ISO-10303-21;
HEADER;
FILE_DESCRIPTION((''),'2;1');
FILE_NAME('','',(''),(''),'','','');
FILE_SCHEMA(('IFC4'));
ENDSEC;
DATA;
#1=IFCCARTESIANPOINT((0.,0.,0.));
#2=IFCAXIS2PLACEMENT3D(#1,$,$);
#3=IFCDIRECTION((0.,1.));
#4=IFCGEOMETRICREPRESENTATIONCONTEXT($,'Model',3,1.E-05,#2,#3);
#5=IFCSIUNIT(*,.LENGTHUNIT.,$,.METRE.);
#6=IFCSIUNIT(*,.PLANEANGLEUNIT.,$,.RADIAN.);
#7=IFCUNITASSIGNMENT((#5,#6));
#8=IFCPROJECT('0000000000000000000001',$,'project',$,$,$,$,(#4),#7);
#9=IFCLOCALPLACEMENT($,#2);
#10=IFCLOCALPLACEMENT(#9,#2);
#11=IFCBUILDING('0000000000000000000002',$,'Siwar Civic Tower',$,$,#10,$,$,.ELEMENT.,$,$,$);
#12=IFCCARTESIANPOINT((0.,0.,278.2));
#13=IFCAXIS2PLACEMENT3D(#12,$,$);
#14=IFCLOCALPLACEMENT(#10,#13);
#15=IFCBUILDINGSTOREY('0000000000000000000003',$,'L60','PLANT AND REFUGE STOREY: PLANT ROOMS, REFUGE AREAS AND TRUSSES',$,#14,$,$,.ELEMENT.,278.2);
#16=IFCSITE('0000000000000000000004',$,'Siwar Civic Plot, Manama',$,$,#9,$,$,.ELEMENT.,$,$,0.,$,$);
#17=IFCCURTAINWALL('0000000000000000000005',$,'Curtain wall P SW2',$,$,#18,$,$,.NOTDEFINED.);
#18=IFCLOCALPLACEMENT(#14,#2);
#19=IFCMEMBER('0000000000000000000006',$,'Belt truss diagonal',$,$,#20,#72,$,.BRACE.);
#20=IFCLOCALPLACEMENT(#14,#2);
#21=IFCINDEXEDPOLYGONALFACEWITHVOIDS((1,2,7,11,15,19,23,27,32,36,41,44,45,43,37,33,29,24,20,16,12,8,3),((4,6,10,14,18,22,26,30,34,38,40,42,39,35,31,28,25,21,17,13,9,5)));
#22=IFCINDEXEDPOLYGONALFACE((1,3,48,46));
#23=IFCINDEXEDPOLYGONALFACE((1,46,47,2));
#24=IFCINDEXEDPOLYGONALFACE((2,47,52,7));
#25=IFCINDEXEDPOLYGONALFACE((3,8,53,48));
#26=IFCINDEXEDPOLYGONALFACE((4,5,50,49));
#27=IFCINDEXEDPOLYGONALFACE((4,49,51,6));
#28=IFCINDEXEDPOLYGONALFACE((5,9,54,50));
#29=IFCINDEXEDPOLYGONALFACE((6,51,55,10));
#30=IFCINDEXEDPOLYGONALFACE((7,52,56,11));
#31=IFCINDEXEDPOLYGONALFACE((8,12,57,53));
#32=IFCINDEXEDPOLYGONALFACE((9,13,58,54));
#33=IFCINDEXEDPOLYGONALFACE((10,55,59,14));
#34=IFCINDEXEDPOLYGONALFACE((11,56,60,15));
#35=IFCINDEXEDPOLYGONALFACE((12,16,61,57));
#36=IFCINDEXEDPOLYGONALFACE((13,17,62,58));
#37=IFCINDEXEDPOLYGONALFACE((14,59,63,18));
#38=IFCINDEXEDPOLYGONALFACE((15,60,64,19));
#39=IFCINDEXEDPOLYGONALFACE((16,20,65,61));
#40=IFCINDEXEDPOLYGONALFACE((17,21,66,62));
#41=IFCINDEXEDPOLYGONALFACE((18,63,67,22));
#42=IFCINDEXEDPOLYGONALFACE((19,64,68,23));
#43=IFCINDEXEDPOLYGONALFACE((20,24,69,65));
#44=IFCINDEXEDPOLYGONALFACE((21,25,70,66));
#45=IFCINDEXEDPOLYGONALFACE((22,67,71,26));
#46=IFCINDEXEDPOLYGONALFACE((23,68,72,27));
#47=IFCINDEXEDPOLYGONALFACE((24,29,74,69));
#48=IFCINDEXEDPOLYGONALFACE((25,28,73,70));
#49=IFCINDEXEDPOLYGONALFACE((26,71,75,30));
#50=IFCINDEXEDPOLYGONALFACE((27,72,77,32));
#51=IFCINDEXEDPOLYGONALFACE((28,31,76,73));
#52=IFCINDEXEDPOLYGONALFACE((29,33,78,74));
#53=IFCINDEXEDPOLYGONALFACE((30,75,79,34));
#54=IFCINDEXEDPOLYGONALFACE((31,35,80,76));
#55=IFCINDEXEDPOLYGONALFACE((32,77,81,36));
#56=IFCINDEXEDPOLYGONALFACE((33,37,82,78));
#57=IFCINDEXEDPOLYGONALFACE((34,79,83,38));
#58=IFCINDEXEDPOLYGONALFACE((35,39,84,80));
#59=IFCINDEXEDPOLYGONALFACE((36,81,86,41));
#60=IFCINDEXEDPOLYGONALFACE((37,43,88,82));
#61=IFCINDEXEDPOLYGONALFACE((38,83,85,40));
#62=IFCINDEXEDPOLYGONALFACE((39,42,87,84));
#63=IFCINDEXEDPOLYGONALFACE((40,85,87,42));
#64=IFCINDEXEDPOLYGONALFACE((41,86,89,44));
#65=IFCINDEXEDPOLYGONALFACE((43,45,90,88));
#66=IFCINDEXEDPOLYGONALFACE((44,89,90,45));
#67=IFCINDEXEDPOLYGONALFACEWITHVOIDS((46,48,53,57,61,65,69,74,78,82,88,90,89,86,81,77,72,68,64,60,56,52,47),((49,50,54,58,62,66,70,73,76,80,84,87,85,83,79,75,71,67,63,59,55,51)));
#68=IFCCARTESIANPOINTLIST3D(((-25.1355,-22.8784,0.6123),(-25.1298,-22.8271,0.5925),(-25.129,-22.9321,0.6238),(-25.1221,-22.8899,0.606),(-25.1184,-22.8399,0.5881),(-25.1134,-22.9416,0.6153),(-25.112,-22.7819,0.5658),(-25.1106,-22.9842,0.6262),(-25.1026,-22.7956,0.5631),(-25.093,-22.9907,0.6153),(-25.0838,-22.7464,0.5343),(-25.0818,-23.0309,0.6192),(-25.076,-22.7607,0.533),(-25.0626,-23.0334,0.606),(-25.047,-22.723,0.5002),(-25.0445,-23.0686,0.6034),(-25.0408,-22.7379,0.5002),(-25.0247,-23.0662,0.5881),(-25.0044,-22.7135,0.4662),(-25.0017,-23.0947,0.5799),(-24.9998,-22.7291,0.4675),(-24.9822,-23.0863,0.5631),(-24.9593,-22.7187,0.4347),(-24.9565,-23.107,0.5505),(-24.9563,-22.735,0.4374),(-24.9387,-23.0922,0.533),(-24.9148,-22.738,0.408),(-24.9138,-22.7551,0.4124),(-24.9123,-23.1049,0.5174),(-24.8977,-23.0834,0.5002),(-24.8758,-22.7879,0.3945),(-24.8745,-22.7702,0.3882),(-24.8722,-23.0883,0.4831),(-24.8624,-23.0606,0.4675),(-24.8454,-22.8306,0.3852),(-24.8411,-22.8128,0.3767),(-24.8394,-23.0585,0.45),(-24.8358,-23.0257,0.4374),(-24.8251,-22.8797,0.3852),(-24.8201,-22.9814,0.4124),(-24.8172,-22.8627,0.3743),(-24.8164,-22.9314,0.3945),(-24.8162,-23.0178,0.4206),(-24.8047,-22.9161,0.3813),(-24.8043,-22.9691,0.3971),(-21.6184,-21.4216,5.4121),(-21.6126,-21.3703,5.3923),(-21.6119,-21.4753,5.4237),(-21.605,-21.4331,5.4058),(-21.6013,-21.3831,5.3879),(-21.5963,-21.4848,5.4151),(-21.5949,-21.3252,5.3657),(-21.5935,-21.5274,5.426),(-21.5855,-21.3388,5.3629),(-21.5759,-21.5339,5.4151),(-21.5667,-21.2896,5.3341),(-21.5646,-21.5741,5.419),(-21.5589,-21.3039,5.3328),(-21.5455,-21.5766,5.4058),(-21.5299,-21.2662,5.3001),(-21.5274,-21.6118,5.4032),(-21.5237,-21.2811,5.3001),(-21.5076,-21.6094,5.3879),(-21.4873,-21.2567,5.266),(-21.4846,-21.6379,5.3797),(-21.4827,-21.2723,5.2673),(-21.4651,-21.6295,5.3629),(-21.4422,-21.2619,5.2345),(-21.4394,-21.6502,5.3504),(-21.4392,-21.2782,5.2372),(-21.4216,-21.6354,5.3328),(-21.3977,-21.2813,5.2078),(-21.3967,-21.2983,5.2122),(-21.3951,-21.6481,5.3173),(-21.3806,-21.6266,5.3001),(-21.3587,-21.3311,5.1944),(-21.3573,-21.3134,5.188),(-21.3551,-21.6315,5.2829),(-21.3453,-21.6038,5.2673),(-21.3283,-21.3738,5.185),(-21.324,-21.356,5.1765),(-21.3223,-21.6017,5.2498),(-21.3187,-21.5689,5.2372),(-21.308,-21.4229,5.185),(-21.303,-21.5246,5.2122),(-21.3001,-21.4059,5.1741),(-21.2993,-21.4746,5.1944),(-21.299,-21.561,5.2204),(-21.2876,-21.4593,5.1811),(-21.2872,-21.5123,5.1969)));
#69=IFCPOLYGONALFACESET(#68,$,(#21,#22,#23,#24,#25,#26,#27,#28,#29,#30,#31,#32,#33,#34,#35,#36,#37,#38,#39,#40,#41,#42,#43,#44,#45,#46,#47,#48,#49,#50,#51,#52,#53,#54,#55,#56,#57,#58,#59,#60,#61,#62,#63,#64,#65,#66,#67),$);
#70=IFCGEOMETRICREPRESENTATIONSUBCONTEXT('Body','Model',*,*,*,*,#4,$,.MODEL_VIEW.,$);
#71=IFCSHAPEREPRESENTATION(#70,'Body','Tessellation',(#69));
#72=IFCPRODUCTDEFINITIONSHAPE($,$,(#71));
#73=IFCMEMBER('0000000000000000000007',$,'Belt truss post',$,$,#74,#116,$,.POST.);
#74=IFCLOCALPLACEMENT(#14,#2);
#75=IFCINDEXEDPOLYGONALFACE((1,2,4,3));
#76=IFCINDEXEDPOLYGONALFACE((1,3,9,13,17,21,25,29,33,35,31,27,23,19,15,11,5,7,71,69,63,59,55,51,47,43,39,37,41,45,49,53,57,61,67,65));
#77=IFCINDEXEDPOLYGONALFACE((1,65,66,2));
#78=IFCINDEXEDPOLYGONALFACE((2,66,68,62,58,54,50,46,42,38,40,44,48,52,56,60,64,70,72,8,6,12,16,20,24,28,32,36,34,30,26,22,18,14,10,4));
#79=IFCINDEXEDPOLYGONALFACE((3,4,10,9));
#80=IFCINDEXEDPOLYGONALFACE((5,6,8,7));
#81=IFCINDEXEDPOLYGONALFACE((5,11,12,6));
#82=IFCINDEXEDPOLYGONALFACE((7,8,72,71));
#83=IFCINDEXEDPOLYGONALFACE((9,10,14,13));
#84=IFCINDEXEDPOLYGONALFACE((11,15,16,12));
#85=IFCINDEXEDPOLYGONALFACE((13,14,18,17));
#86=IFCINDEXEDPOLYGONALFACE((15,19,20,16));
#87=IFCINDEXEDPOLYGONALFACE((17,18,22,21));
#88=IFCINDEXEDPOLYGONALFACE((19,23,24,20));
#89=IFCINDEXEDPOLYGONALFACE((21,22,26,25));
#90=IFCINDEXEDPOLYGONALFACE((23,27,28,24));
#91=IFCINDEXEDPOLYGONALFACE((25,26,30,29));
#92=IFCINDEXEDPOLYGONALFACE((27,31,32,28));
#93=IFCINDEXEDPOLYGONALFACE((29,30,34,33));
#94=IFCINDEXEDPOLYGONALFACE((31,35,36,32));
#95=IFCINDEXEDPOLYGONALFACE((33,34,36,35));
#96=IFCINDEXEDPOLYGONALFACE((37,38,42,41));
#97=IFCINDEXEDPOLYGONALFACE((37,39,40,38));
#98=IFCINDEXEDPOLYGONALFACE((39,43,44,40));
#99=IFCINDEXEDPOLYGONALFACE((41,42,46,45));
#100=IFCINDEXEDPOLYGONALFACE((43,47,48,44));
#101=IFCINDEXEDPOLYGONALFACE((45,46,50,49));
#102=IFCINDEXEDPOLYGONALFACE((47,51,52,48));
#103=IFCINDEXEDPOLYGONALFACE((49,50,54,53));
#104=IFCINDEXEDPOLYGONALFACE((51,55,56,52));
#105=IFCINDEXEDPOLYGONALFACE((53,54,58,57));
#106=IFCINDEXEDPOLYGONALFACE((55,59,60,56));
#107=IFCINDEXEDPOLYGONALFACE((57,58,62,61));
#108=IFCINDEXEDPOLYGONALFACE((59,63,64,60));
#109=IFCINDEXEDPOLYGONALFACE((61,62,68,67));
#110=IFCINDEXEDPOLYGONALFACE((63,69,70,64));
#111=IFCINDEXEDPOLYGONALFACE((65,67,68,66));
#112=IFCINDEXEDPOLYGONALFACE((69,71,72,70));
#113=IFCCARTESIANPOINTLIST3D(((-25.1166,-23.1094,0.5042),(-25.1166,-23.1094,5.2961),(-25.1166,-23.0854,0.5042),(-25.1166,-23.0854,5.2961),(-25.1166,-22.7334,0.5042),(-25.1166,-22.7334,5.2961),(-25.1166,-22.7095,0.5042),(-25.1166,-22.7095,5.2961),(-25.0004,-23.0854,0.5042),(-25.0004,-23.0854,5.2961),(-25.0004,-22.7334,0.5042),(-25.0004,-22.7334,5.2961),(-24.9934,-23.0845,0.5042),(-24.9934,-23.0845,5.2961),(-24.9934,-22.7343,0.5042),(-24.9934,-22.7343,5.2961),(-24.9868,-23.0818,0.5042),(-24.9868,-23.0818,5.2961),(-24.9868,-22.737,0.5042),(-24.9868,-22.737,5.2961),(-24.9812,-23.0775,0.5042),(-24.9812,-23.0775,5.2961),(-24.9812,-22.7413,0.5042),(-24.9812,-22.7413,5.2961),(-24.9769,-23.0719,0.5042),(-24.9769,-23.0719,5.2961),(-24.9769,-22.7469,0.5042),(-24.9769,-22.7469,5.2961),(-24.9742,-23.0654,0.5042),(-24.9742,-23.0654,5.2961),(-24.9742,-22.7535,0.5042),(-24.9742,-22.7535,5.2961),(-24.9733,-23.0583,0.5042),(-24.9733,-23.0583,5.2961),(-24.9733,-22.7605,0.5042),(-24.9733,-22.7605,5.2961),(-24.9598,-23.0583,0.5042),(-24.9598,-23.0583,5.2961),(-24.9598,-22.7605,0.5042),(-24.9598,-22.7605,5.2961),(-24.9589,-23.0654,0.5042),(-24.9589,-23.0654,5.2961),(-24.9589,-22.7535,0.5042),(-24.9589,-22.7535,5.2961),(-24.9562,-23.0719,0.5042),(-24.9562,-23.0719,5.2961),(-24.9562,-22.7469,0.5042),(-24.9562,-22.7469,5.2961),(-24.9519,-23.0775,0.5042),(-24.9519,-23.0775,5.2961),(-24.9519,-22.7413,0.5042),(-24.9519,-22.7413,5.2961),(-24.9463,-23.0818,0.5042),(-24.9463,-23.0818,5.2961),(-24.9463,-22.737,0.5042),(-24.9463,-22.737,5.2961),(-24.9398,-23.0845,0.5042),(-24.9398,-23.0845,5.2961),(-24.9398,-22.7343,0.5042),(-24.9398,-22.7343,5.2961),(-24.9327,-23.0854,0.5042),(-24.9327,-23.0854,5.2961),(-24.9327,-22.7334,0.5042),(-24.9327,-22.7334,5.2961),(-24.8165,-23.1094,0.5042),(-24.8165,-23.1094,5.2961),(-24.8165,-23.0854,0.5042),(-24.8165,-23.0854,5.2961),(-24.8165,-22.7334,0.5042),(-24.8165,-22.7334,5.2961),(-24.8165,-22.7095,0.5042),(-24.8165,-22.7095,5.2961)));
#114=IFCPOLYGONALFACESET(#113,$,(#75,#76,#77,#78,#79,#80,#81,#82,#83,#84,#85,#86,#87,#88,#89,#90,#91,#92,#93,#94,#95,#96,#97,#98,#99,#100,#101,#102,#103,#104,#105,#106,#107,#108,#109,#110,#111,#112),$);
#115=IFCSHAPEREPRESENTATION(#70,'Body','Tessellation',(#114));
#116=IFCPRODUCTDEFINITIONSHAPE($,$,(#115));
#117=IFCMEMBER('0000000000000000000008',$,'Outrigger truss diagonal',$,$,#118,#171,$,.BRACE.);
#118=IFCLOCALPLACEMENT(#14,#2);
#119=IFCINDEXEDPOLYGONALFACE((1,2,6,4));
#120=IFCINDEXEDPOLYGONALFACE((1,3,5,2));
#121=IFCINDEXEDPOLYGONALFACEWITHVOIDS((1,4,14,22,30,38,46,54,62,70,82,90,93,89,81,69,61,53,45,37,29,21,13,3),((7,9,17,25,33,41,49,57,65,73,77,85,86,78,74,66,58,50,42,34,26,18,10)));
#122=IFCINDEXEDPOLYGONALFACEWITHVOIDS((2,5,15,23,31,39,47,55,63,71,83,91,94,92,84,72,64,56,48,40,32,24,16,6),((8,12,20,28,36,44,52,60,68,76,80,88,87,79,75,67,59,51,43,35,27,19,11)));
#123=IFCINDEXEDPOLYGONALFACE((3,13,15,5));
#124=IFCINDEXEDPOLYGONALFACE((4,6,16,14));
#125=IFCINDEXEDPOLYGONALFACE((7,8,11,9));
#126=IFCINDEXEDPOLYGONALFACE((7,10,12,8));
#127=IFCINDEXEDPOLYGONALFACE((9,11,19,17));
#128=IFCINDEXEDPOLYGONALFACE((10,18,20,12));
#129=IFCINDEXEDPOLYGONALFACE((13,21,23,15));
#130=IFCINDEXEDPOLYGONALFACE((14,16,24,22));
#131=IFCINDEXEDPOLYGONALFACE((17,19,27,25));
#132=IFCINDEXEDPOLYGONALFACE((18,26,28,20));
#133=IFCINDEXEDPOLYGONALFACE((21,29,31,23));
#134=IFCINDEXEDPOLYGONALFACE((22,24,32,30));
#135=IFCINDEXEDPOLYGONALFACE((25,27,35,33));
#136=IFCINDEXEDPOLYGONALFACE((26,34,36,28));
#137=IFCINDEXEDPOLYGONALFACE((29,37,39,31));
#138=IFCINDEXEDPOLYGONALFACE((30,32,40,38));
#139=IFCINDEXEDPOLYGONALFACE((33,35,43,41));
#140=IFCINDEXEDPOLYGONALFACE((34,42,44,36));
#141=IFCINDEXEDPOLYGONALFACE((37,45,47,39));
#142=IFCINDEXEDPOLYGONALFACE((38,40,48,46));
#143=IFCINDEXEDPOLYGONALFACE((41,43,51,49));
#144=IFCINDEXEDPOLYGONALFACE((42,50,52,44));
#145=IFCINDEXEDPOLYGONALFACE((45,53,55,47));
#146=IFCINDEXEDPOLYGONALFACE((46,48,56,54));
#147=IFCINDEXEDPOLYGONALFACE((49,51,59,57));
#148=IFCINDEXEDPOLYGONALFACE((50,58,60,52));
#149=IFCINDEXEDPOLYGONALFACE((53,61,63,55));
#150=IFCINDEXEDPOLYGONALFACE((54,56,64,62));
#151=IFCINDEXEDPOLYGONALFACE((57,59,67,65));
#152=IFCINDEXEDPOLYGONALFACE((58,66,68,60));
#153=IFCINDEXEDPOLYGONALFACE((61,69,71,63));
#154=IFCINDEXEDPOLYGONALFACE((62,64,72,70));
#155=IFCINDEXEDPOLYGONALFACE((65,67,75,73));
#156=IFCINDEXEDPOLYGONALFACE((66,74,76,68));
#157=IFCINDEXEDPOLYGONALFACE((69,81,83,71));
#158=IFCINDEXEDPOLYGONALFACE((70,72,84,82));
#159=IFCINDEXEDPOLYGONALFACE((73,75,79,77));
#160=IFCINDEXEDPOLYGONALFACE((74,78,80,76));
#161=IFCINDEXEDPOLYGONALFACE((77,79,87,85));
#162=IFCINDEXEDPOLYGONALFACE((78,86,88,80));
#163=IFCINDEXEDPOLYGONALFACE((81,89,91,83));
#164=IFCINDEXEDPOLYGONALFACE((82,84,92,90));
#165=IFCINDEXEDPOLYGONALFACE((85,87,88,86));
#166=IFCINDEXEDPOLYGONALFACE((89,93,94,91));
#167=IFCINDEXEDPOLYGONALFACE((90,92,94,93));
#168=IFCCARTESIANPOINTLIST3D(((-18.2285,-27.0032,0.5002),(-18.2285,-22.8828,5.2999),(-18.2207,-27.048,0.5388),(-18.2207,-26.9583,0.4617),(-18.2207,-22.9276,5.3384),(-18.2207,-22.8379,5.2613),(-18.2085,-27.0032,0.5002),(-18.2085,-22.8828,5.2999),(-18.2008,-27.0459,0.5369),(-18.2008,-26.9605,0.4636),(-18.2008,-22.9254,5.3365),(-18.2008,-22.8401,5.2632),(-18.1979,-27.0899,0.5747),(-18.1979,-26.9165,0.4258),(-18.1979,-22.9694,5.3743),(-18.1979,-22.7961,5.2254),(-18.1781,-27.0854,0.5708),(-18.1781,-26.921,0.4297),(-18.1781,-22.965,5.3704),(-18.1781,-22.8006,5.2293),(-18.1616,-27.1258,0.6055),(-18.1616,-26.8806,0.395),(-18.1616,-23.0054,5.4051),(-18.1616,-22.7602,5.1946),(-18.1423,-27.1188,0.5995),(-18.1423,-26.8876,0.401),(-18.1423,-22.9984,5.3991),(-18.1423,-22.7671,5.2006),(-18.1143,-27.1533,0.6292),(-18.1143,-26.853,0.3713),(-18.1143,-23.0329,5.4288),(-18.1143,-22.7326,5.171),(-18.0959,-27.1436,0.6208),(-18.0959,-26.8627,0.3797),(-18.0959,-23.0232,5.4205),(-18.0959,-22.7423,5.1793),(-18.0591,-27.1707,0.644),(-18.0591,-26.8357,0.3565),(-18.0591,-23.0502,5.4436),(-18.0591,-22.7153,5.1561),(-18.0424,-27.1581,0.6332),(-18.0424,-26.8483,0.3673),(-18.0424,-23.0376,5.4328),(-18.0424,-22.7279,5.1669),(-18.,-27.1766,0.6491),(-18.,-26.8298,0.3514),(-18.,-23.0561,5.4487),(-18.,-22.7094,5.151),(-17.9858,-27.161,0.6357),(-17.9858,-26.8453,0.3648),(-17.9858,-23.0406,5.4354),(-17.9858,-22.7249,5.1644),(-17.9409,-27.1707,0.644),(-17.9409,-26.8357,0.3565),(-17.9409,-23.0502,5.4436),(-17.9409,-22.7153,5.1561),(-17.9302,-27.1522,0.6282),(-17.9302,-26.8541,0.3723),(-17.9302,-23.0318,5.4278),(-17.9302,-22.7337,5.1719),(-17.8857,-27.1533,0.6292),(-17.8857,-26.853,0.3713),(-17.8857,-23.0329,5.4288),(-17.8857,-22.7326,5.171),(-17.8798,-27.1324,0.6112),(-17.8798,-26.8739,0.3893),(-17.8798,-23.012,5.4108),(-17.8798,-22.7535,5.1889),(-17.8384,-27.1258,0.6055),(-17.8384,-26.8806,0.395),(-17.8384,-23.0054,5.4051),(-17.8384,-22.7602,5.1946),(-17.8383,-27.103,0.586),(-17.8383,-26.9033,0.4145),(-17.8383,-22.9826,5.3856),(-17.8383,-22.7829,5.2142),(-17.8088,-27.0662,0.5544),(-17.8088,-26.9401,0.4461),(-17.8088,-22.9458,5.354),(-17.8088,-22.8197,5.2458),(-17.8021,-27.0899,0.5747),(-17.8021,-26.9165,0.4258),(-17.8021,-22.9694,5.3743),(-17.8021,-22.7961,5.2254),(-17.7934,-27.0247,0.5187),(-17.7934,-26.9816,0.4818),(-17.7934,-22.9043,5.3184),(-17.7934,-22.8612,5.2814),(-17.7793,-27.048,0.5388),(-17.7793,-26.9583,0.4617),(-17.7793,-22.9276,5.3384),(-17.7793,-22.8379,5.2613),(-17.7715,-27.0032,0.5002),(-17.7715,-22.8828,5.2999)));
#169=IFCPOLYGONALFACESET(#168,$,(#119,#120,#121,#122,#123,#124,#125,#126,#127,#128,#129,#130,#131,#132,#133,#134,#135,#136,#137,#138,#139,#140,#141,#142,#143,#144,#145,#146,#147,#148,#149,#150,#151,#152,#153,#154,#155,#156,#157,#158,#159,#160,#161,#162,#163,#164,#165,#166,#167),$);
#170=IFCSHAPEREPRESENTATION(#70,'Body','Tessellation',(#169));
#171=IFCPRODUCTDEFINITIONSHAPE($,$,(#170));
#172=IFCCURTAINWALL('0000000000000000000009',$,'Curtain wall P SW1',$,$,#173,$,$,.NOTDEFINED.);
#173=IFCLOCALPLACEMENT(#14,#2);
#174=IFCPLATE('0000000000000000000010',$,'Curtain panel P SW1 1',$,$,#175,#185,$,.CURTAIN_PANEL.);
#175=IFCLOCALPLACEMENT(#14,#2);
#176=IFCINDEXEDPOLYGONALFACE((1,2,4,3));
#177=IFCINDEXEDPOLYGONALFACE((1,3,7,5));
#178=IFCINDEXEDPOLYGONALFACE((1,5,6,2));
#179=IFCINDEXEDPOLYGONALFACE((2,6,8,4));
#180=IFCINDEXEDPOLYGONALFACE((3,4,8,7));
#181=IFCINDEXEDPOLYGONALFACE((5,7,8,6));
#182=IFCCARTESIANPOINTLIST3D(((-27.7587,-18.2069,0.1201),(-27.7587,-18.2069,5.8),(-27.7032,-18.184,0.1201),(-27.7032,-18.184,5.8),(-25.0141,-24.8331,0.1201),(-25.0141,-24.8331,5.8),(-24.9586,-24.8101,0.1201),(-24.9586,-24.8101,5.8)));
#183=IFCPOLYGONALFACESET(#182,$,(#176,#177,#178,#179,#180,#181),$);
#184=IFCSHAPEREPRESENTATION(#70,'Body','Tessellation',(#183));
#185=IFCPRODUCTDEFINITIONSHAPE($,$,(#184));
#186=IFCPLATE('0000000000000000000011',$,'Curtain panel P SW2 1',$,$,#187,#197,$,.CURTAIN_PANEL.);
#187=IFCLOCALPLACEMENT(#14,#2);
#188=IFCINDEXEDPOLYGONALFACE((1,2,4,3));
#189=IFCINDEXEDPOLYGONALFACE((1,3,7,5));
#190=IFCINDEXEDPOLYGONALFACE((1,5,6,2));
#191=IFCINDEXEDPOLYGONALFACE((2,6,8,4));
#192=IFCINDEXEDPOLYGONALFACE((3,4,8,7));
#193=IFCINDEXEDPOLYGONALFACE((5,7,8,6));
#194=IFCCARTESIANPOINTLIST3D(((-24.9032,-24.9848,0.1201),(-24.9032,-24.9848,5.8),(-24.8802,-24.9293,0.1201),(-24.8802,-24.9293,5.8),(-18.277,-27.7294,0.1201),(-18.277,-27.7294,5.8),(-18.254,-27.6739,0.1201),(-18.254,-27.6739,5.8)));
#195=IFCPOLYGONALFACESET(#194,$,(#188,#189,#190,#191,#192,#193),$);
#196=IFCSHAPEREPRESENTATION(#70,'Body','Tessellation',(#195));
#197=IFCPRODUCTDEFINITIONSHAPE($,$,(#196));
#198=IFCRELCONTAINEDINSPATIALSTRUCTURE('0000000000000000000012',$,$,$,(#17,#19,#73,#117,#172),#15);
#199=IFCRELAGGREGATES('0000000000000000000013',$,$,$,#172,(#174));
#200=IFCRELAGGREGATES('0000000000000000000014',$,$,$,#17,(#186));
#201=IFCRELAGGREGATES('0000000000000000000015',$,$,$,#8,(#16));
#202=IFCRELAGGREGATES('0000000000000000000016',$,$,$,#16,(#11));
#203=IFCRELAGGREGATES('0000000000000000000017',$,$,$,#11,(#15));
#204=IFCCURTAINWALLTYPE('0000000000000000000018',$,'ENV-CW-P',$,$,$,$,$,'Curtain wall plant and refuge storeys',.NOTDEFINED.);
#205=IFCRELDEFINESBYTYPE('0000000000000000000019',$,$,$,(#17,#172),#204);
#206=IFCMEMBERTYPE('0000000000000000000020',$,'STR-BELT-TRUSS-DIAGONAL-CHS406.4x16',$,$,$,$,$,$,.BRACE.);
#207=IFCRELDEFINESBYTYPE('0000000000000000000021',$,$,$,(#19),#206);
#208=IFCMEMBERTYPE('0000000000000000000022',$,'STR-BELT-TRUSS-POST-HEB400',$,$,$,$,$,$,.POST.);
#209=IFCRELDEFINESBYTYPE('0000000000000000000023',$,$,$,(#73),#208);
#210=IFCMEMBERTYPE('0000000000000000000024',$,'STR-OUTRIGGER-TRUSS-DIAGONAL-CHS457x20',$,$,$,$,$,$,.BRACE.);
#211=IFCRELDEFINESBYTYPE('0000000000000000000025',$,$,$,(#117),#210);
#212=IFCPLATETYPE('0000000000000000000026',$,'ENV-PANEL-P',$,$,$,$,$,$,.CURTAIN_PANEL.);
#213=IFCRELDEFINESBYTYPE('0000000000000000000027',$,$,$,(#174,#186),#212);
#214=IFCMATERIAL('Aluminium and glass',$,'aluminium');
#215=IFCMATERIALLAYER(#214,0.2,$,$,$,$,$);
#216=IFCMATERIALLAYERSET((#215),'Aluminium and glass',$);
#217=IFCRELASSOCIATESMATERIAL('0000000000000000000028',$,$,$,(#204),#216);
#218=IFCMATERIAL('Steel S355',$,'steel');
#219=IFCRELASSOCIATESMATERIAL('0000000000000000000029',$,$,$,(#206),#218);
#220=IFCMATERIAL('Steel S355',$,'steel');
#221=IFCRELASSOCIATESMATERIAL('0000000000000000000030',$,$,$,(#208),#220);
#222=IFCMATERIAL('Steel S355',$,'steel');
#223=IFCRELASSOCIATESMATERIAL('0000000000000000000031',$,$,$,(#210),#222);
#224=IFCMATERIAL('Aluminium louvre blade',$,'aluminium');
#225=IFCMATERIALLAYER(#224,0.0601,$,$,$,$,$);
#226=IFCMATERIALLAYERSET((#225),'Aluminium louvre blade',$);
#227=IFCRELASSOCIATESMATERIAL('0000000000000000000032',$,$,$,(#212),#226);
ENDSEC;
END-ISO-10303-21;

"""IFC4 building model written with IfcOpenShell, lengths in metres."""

from ifc_helpers import new_model, si_unit, direction, frame, origin, origin_2d, place, context, subcontext, project, spatial, rectangle, hollow_circle, i_section, extrude, material, layer, layer_set, material_profile, profile_set, type_object, element, aggregate, save


model = new_model("IFC4")

# Units and contexts
model_context = context("Model", 3, precision=1e-05, world=origin(), true_north=direction((0.0, 1.0)))
body_context = subcontext(model_context, "Body", "Model", "MODEL_VIEW")
ifc_project = project(units=[si_unit("LENGTHUNIT", "METRE"), si_unit("PLANEANGLEUNIT", "RADIAN")], contexts=[model_context])

# Site, building, storey
site_placement = place(None, origin())
site = spatial("IfcSite", under=ifc_project, at=site_placement, Name="Siwar Civic Plot, Manama", CompositionType="ELEMENT", RefElevation=0.0)
building_placement = place(site_placement, origin())
building = spatial("IfcBuilding", under=site, at=building_placement, Name="Siwar Civic Tower", CompositionType="ELEMENT")
storey_placement = place(building_placement, frame((0.0, 0.0, 278.2)))
storey = spatial("IfcBuildingStorey", under=building, at=storey_placement, Name="L60", Description="PLANT AND REFUGE STOREY: PLANT ROOMS, REFUGE AREAS AND TRUSSES", CompositionType="ELEMENT", Elevation=278.2)

# Curtain wall
ifc_material_1 = material(Name="Aluminium and glass", Category="aluminium")
ifc_layer_1 = layer(ifc_material_1, 0.2)
ifc_layer_set_1 = layer_set([ifc_layer_1], Name="Aluminium and glass")
curtain_wall_type = type_object("IfcCurtainWallType", Name="ENV-CW-P", ElementType="Curtain wall plant and refuge storeys", PredefinedType="NOTDEFINED", material=ifc_layer_set_1)
curtain_wall_1_placement = place(storey_placement, origin())
curtain_wall_1 = element("IfcCurtainWall", 1, at=curtain_wall_1_placement, inside=storey, type_object=curtain_wall_type, Name="Curtain wall P SW2", PredefinedType="NOTDEFINED")

# Members
ifc_material_2 = material(Name="Steel S355", Category="steel")
ifc_material_profile_1 = material_profile(ifc_material_2, hollow_circle(Radius=0.2031, WallThickness=0.0161, at=origin_2d()), Name="CHS406.4x16")
ifc_profile_set_1 = profile_set([ifc_material_profile_1], Name="Steel S355")
member_type_1 = type_object("IfcMemberType", Name="STR-BELT-TRUSS-DIAGONAL-CHS406.4x16", PredefinedType="BRACE", material=ifc_profile_set_1)
member_1_placement = place(storey_placement, frame((-24.9692, -22.9106, 0.5002), z_axis=(0.574107, 0.237796, 0.783489), x_axis=(-0.382675, 0.923883, 0.0)))
element("IfcMember", 2, at=member_1_placement, inside=storey, type_object=member_type_1, Name="Belt truss diagonal", PredefinedType="BRACE", context=body_context, shape_type="SweptSolid", body=[
    extrude(hollow_circle(Radius=0.2031, WallThickness=0.0161, at=origin_2d()), origin(), (0.0, 0.0, 1.0), 6.1262),
])
ifc_material_3 = material(Name="Steel S355", Category="steel")
ifc_material_profile_2 = material_profile(ifc_material_3, i_section(OverallWidth=0.3, OverallDepth=0.3999, WebThickness=0.0134, FlangeThickness=0.0239, FilletRadius=0.0271, at=origin_2d()), Name="HEB400")
ifc_profile_set_2 = profile_set([ifc_material_profile_2], Name="Steel S355")
member_type_2 = type_object("IfcMemberType", Name="STR-BELT-TRUSS-POST-HEB400", PredefinedType="POST", material=ifc_profile_set_2)
member_2_placement = place(storey_placement, frame((-24.9666, -22.9094, 0.5042), z_axis=(0.0, 0.0, 1.0), x_axis=(1.0, 0.0, 0.0)))
element("IfcMember", 3, at=member_2_placement, inside=storey, type_object=member_type_2, Name="Belt truss post", PredefinedType="POST", context=body_context, shape_type="SweptSolid", body=[
    extrude(i_section(OverallWidth=0.3, OverallDepth=0.3999, WebThickness=0.0134, FlangeThickness=0.0239, FilletRadius=0.0271, at=origin_2d()), origin(), (0.0, 0.0, 1.0), 4.792),
])
ifc_material_4 = material(Name="Steel S355", Category="steel")
ifc_material_profile_3 = material_profile(ifc_material_4, hollow_circle(Radius=0.2285, WallThickness=0.02, at=origin_2d()), Name="CHS457x20")
ifc_profile_set_3 = profile_set([ifc_material_profile_3], Name="Steel S355")
member_type_3 = type_object("IfcMemberType", Name="STR-OUTRIGGER-TRUSS-DIAGONAL-CHS457x20", PredefinedType="BRACE", material=ifc_profile_set_3)
member_3_placement = place(storey_placement, frame((-18.0, -27.0032, 0.5002), z_axis=(0.0, 0.651379, 0.758752), x_axis=(-1.0, 0.0, 0.0)))
element("IfcMember", 4, at=member_3_placement, inside=storey, type_object=member_type_3, Name="Outrigger truss diagonal", PredefinedType="BRACE", context=body_context, shape_type="SweptSolid", body=[
    extrude(hollow_circle(Radius=0.2285, WallThickness=0.02, at=origin_2d()), origin(), (0.0, 0.0, 1.0), 6.3257),
])

# Curtain wall, plate
curtain_wall_2_placement = place(storey_placement, origin())
curtain_wall_2 = element("IfcCurtainWall", 5, at=curtain_wall_2_placement, inside=storey, type_object=curtain_wall_type, Name="Curtain wall P SW1", PredefinedType="NOTDEFINED")
ifc_material_5 = material(Name="Aluminium louvre blade", Category="aluminium")
ifc_layer_2 = layer(ifc_material_5, 0.0601)
ifc_layer_set_2 = layer_set([ifc_layer_2], Name="Aluminium louvre blade")
plate_type = type_object("IfcPlateType", Name="ENV-PANEL-P", PredefinedType="CURTAIN_PANEL", material=ifc_layer_set_2)
plate_1_placement = place(storey_placement, frame((-26.3586, -21.5085, 0.1201), z_axis=(0.0, 0.0, 1.0), x_axis=(0.382683, -0.92388, 0.0)))
plate_1 = element("IfcPlate", 6, at=plate_1_placement, type_object=plate_type, Name="Curtain panel P SW1 1", PredefinedType="CURTAIN_PANEL", context=body_context, shape_type="SweptSolid", body=[
    extrude(rectangle(XDim=7.1721, YDim=0.0601, at=origin_2d()), origin(), (0.0, 0.0, 1.0), 5.6799),
])
aggregate(curtain_wall_2, [plate_1])

# Plate
plate_2_placement = place(storey_placement, frame((-21.5786, -26.3293, 0.1201), z_axis=(0.0, 0.0, 1.0), x_axis=(0.92388, -0.382683, 0.0)))
plate_2 = element("IfcPlate", 7, at=plate_2_placement, type_object=plate_type, Name="Curtain panel P SW2 1", PredefinedType="CURTAIN_PANEL", context=body_context, shape_type="SweptSolid", body=[
    extrude(rectangle(XDim=7.1721, YDim=0.0601, at=origin_2d()), origin(), (0.0, 0.0, 1.0), 5.6799),
])
aggregate(curtain_wall_1, [plate_2])

save(model, "model.ifc")
